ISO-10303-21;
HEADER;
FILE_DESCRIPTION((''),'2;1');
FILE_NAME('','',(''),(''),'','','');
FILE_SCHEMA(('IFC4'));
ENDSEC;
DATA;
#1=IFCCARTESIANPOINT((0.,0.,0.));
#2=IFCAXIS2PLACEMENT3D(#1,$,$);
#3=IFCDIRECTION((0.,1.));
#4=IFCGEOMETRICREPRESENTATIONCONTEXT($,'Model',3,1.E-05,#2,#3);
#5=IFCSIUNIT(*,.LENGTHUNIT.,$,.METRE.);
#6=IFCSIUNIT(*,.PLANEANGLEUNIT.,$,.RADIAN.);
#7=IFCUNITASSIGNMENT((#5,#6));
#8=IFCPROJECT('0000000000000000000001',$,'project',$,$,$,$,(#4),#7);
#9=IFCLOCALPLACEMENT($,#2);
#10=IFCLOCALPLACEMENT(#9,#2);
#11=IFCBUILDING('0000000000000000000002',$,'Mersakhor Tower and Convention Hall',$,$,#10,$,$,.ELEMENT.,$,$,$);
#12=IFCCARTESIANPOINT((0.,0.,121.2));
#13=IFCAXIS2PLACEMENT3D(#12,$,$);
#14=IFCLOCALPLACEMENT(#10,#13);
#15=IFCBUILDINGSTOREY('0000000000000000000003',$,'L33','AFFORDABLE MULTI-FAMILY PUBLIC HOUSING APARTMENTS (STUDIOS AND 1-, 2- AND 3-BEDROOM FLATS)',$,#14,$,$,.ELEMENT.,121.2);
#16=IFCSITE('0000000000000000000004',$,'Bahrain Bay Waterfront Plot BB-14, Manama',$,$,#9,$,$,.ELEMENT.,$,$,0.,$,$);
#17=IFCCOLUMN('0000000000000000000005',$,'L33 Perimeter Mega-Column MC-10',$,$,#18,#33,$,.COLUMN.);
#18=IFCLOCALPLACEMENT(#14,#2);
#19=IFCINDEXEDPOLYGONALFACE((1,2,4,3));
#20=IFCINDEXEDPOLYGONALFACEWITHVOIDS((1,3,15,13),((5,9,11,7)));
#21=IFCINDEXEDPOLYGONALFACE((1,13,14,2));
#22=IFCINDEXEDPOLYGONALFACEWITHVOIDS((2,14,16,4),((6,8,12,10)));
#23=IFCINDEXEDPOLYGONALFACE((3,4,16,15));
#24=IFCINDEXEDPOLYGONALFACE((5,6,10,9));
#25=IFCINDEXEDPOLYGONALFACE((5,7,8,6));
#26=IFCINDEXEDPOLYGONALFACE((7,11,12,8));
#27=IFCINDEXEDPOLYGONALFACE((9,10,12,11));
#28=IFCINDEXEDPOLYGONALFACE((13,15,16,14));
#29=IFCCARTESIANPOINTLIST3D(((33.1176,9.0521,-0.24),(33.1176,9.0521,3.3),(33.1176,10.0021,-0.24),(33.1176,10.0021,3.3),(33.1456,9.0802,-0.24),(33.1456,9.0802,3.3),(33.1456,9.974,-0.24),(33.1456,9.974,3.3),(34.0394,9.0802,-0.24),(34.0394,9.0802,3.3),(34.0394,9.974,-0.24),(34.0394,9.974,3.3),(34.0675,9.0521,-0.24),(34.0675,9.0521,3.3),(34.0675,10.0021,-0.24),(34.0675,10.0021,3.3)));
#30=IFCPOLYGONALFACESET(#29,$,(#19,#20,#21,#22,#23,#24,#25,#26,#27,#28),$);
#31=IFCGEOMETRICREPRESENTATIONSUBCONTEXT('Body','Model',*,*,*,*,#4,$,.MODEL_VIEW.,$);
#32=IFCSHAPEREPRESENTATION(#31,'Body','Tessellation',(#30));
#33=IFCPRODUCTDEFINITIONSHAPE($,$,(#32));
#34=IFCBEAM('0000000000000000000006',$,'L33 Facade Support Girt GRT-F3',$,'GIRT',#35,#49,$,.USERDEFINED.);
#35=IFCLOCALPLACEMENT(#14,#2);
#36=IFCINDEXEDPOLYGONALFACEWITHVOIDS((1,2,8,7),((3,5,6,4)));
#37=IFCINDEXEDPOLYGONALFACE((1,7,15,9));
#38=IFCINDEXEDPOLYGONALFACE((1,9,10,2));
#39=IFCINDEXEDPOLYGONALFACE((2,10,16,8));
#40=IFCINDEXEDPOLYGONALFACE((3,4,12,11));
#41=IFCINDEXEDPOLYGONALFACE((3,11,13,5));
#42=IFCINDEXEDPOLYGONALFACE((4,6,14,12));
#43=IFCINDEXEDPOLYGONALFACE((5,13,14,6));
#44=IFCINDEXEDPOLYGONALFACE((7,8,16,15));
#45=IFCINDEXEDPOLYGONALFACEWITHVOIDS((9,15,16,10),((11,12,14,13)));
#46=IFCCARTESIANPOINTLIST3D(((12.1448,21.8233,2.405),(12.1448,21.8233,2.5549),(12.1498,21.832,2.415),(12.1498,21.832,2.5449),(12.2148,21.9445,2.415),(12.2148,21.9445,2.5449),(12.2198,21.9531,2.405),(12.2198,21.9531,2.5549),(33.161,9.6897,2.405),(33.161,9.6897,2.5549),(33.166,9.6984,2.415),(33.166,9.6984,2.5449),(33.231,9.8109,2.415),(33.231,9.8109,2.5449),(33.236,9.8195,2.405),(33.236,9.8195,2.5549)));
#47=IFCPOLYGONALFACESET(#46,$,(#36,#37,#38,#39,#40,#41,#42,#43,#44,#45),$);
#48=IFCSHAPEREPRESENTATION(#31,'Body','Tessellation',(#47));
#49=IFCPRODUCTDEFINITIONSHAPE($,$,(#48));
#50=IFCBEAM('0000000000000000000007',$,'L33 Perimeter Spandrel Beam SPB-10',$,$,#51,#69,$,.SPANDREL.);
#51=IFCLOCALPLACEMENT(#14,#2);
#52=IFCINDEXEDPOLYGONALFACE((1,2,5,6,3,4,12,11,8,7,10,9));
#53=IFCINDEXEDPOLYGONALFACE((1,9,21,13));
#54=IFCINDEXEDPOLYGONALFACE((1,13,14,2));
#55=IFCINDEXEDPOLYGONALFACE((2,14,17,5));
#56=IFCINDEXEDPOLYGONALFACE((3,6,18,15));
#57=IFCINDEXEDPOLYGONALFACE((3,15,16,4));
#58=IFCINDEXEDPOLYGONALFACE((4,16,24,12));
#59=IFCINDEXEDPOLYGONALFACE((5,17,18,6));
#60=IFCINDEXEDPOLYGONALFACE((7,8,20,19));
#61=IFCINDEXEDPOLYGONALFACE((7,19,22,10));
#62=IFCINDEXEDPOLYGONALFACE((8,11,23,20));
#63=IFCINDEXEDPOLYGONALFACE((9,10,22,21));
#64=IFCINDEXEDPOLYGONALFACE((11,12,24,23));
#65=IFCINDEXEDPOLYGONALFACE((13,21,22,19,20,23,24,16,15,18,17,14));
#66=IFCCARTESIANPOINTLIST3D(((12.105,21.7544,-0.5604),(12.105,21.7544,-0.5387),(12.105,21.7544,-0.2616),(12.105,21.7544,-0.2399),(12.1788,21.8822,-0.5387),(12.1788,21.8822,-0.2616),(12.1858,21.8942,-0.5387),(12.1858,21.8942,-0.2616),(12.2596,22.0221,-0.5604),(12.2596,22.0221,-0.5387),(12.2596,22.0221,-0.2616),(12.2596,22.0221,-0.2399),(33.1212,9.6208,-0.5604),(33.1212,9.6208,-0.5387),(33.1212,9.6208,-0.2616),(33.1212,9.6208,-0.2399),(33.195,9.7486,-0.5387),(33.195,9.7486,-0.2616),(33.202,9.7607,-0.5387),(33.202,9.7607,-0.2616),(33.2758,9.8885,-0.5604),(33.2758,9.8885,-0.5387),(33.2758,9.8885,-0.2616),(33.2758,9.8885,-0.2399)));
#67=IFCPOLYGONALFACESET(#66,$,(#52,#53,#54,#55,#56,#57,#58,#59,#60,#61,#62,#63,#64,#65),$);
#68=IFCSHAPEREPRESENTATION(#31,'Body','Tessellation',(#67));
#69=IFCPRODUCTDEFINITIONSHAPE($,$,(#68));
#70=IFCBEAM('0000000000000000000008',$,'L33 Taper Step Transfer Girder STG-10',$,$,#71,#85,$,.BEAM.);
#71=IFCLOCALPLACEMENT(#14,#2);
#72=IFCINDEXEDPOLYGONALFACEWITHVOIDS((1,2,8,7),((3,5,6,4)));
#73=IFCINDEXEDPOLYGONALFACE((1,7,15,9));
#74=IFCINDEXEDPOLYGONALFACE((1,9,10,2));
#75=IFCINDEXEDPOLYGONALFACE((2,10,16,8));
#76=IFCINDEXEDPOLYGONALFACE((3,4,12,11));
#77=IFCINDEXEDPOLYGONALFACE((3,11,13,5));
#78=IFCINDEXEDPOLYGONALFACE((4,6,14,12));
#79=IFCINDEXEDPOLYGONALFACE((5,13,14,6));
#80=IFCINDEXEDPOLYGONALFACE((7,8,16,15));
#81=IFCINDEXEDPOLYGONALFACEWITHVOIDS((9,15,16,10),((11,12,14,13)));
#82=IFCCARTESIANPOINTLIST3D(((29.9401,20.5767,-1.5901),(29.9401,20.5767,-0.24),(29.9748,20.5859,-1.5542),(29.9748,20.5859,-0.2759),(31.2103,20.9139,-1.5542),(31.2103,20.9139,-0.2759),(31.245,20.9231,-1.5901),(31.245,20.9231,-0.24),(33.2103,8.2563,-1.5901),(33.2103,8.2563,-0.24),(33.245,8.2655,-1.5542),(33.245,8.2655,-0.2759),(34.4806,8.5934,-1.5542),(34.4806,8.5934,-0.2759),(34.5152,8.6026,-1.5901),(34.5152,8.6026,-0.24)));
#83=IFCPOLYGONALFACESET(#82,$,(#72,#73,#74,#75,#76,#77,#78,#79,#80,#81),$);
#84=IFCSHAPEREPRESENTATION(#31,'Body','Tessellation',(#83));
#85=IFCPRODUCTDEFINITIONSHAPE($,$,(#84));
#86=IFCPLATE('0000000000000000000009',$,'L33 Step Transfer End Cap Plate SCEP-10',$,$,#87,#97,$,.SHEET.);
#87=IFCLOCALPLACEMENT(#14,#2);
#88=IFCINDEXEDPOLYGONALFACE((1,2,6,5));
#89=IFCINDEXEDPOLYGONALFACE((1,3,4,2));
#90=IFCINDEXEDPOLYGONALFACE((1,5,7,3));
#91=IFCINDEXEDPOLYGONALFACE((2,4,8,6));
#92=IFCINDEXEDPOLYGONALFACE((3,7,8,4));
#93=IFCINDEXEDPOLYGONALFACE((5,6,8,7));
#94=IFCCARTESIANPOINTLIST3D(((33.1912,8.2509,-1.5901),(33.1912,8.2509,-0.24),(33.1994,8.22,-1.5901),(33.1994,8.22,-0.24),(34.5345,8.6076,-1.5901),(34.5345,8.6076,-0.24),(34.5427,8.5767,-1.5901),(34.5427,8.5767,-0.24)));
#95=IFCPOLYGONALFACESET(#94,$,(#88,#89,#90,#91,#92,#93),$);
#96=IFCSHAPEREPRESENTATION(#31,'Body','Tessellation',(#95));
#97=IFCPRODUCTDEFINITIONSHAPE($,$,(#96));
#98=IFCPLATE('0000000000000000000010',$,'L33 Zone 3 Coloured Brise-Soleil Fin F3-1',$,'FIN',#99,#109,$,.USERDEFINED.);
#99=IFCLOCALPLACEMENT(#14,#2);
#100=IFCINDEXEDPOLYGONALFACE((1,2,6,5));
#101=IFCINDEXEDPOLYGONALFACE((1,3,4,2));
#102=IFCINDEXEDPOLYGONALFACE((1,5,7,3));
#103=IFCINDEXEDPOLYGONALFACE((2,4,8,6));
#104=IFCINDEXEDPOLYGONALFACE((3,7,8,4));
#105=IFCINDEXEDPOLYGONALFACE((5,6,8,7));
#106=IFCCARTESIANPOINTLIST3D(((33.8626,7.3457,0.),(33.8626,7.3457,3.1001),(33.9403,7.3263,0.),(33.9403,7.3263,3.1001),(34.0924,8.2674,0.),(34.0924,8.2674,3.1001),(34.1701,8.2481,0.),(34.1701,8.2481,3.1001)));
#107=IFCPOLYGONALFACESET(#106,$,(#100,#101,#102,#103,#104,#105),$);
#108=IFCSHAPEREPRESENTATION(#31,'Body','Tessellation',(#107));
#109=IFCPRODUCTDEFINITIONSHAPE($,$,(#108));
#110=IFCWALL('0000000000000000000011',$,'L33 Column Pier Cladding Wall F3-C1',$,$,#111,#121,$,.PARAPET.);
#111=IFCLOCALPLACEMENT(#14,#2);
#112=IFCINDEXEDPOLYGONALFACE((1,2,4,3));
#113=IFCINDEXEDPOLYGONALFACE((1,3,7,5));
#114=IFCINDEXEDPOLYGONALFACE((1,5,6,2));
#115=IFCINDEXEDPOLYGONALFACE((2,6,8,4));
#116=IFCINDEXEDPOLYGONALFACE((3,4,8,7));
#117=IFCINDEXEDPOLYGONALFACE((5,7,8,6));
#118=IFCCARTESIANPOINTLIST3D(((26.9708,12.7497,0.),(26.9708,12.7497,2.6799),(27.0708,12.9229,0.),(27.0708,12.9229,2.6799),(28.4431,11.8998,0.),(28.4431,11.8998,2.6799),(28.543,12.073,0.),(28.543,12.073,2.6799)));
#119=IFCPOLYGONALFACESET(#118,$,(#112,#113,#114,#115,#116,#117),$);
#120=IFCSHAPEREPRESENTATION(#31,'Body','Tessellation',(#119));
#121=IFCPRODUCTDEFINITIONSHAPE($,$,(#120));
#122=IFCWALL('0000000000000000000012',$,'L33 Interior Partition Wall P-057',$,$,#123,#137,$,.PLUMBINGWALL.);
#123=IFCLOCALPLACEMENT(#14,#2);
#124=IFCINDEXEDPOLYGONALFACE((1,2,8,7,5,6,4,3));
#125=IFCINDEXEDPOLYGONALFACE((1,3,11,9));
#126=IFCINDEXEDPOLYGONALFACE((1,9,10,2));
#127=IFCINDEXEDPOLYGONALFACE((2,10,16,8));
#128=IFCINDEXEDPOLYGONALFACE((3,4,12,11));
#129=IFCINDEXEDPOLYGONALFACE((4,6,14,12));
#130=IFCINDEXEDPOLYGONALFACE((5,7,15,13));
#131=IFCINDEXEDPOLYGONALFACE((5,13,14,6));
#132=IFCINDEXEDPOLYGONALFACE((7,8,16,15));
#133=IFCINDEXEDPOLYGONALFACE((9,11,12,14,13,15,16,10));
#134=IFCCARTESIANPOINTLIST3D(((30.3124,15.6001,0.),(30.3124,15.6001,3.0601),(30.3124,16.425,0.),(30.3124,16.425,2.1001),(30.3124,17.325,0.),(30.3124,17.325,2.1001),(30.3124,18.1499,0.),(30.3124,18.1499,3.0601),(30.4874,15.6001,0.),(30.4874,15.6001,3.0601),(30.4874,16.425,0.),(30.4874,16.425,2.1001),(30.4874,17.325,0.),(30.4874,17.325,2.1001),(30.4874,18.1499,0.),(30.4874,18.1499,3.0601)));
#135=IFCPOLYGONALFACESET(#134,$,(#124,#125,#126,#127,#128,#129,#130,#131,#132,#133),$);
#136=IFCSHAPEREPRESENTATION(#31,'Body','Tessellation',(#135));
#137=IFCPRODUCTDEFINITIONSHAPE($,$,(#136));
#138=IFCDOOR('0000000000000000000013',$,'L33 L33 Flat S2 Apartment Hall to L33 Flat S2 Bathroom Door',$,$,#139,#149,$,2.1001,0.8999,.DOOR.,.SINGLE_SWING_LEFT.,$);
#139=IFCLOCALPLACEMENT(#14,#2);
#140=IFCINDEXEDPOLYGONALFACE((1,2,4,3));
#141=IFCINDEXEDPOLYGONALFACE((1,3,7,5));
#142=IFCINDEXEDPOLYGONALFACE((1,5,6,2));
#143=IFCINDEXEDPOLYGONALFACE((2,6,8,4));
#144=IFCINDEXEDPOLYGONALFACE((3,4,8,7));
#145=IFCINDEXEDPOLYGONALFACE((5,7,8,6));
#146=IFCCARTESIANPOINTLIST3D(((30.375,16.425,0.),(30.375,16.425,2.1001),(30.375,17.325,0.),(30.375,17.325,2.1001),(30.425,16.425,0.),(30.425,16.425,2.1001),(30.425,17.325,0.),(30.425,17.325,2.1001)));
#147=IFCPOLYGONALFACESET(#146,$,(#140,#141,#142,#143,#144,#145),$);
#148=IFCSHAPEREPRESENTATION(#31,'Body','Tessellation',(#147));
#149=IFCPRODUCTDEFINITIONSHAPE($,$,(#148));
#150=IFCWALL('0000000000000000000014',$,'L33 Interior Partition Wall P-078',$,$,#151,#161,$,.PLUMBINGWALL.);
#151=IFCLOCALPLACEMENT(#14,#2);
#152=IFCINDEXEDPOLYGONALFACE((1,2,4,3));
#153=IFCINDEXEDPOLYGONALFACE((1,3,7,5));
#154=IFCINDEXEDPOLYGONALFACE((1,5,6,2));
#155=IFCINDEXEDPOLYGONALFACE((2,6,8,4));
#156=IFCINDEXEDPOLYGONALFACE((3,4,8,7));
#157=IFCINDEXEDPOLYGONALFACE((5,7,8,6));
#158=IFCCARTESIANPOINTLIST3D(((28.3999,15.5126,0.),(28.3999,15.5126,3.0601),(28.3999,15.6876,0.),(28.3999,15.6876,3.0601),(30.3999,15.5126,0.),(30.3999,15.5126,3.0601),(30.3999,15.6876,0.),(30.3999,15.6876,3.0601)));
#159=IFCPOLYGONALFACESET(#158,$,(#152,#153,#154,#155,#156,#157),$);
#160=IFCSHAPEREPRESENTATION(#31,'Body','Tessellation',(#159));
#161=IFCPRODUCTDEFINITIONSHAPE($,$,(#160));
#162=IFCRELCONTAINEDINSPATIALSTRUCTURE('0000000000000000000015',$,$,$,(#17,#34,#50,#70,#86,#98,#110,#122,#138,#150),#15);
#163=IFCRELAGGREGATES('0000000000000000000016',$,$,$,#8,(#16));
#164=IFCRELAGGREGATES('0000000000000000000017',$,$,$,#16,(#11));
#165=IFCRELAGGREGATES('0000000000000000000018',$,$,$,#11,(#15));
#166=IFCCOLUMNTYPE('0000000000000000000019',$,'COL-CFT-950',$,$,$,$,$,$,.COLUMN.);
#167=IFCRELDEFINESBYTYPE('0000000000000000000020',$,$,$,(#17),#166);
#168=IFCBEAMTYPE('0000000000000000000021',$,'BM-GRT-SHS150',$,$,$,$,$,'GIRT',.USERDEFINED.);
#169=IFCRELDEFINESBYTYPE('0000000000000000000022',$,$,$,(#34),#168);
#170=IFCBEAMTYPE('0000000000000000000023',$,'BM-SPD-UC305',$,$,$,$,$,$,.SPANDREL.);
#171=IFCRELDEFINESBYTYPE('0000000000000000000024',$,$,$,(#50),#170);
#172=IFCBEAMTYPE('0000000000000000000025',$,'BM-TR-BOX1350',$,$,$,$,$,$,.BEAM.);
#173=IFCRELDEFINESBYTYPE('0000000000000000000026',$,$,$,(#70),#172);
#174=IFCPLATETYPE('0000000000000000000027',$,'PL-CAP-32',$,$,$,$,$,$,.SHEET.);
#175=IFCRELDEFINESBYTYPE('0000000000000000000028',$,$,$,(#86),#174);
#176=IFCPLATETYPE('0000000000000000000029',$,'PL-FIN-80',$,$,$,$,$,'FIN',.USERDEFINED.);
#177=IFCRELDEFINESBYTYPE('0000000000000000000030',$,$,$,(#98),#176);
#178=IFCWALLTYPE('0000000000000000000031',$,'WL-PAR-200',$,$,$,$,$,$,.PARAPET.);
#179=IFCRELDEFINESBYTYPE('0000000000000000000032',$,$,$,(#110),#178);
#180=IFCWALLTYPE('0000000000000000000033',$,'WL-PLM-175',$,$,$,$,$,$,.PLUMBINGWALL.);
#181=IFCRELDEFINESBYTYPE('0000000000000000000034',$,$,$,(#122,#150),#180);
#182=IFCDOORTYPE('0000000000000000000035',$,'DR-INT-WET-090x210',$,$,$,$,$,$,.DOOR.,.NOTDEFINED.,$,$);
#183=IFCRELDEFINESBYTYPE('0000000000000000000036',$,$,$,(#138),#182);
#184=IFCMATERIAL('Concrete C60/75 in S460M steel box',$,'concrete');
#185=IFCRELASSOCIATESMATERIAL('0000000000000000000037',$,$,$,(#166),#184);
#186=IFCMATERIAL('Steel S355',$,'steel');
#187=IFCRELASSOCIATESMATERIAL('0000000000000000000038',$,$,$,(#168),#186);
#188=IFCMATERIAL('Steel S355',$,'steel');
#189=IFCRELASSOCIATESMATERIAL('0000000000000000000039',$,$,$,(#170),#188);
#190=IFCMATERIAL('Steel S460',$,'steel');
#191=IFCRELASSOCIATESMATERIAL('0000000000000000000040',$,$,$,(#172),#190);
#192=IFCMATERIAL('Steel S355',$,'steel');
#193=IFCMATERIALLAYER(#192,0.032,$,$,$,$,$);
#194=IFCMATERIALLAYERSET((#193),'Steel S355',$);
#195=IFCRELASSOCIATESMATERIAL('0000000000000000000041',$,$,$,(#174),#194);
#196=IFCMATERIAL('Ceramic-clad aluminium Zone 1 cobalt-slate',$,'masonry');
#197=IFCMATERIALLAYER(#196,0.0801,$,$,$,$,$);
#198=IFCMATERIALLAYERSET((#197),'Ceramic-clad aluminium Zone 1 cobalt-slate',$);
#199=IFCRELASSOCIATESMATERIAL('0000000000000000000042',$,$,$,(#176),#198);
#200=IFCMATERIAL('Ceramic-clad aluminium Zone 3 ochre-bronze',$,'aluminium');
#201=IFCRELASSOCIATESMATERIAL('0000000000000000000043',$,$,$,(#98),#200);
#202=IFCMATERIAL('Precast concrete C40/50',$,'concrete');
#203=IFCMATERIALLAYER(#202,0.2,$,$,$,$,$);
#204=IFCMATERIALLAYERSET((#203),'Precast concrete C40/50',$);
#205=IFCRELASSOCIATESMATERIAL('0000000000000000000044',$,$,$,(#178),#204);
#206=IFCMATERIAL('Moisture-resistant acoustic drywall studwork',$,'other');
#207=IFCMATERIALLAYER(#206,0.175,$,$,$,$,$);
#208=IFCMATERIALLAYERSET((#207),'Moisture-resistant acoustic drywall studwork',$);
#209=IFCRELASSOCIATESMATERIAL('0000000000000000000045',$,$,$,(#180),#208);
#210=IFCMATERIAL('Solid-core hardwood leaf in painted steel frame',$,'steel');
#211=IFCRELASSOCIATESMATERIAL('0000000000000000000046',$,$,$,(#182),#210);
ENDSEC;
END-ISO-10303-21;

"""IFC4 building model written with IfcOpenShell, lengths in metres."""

from ifc_helpers import new_model, si_unit, direction, frame, frame_2d, origin, origin_2d, place, context, subcontext, project, spatial, rectangle, hollow_rectangle, i_section, extrude, material, layer, layer_set, material_profile, profile_set, type_object, element, fill, save


model = new_model("IFC4")

# Units and contexts
model_context = context("Model", 3, precision=1e-05, world=origin(), true_north=direction((0.0, 1.0)))
body_context = subcontext(model_context, "Body", "Model", "MODEL_VIEW")
ifc_project = project(units=[si_unit("LENGTHUNIT", "METRE"), si_unit("PLANEANGLEUNIT", "RADIAN")], contexts=[model_context])

# Site, building, storey
site_placement = place(None, origin())
site = spatial("IfcSite", under=ifc_project, at=site_placement, Name="Bahrain Bay Waterfront Plot BB-14, Manama", CompositionType="ELEMENT", RefElevation=0.0)
building_placement = place(site_placement, origin())
building = spatial("IfcBuilding", under=site, at=building_placement, Name="Mersakhor Tower and Convention Hall", CompositionType="ELEMENT")
storey_placement = place(building_placement, frame((0.0, 0.0, 121.2)))
storey = spatial("IfcBuildingStorey", under=building, at=storey_placement, Name="L33", Description="AFFORDABLE MULTI-FAMILY PUBLIC HOUSING APARTMENTS (STUDIOS AND 1-, 2- AND 3-BEDROOM FLATS)", CompositionType="ELEMENT", Elevation=121.2)

# Column
ifc_material_1 = material(Name="Concrete C60/75 in S460M steel box", Category="concrete")
ifc_material_profile_1 = material_profile(ifc_material_1, hollow_rectangle(XDim=0.95, YDim=0.95, WallThickness=0.0281, at=origin_2d()), Name="SHS 950x950x28")
ifc_profile_set_1 = profile_set([ifc_material_profile_1], Name="Concrete C60/75 in S460M steel box")
column_type = type_object("IfcColumnType", Name="COL-CFT-950", PredefinedType="COLUMN", material=ifc_profile_set_1)
column_placement = place(storey_placement, frame((33.5925, 9.5271, -0.24), z_axis=(0.0, 0.0, 1.0), x_axis=(1.0, 0.0, 0.0)))
element("IfcColumn", 1, at=column_placement, inside=storey, type_object=column_type, Name="L33 Perimeter Mega-Column MC-10", PredefinedType="COLUMN", context=body_context, shape_type="SweptSolid", body=[
    extrude(hollow_rectangle(XDim=0.95, YDim=0.95, WallThickness=0.0281, at=origin_2d()), origin(), (0.0, 0.0, 1.0), 3.54),
])

# Beams
ifc_material_2 = material(Name="Steel S355", Category="steel")
ifc_material_profile_2 = material_profile(ifc_material_2, hollow_rectangle(XDim=0.1499, YDim=0.1499, WallThickness=0.01, at=origin_2d()), Name="SHS 150x150x10")
ifc_profile_set_2 = profile_set([ifc_material_profile_2], Name="Steel S355")
beam_type_1 = type_object("IfcBeamType", Name="BM-GRT-SHS150", ElementType="GIRT", PredefinedType="USERDEFINED", material=ifc_profile_set_2)
beam_1_placement = place(storey_placement, frame((33.1985, 9.7546, 2.48), z_axis=(-0.866027, 0.499996, 0.0), x_axis=(-0.499996, -0.866027, 0.0)))
element("IfcBeam", 2, at=beam_1_placement, inside=storey, type_object=beam_type_1, Name="L33 Facade Support Girt GRT-F3", ObjectType="GIRT", PredefinedType="USERDEFINED", context=body_context, shape_type="SweptSolid", body=[
    extrude(hollow_rectangle(XDim=0.1499, YDim=0.1499, WallThickness=0.01, at=origin_2d()), origin(), (0.0, 0.0, 1.0), 24.2673),
])
ifc_material_3 = material(Name="Steel S355", Category="steel")
ifc_material_profile_3 = material_profile(ifc_material_3, i_section(OverallWidth=0.3091, OverallDepth=0.3206, WebThickness=0.0139, FlangeThickness=0.0217, at=origin_2d()), Name="UC 305x305x137")
ifc_profile_set_3 = profile_set([ifc_material_profile_3], Name="Steel S355")
beam_type_2 = type_object("IfcBeamType", Name="BM-SPD-UC305", PredefinedType="SPANDREL", material=ifc_profile_set_3)
beam_2_placement = place(storey_placement, frame((33.1985, 9.7546, -0.4001), z_axis=(-0.866027, 0.499996, 0.0), x_axis=(-0.499996, -0.866027, 0.0)))
element("IfcBeam", 3, at=beam_2_placement, inside=storey, type_object=beam_type_2, Name="L33 Perimeter Spandrel Beam SPB-10", PredefinedType="SPANDREL", context=body_context, shape_type="SweptSolid", body=[
    extrude(i_section(OverallWidth=0.3091, OverallDepth=0.3206, WebThickness=0.0139, FlangeThickness=0.0217, at=origin_2d()), origin(), (0.0, 0.0, 1.0), 24.2673),
])
ifc_material_4 = material(Name="Steel S460", Category="steel")
ifc_material_profile_4 = material_profile(ifc_material_4, hollow_rectangle(XDim=1.3501, YDim=1.3501, WallThickness=0.0359, at=origin_2d()), Name="SHS 1350x1350x36")
ifc_profile_set_4 = profile_set([ifc_material_profile_4], Name="Steel S460")
beam_type_3 = type_object("IfcBeamType", Name="BM-TR-BOX1350", PredefinedType="BEAM", material=ifc_profile_set_4)
beam_3_placement = place(storey_placement, frame((33.8628, 8.4294, -0.915), z_axis=(-0.256548, 0.966532, 0.0), x_axis=(-0.966532, -0.256548, 0.0)))
element("IfcBeam", 4, at=beam_3_placement, inside=storey, type_object=beam_type_3, Name="L33 Taper Step Transfer Girder STG-10", PredefinedType="BEAM", context=body_context, shape_type="SweptSolid", body=[
    extrude(hollow_rectangle(XDim=1.3501, YDim=1.3501, WallThickness=0.0359, at=origin_2d()), origin(), (0.0, 0.0, 1.0), 12.7471),
])

# Plates
ifc_material_5 = material(Name="Steel S355", Category="steel")
ifc_layer_1 = layer(ifc_material_5, 0.032)
ifc_layer_set_1 = layer_set([ifc_layer_1], Name="Steel S355")
plate_type_1 = type_object("IfcPlateType", Name="PL-CAP-32", PredefinedType="SHEET", material=ifc_layer_set_1)
plate_1_placement = place(storey_placement, frame((33.8669, 8.4138, -1.5901), z_axis=(0.0, 0.0, 1.0), x_axis=(-0.256627, 0.966511, 0.0)))
element("IfcPlate", 5, at=plate_1_placement, inside=storey, type_object=plate_type_1, Name="L33 Step Transfer End Cap Plate SCEP-10", PredefinedType="SHEET", context=body_context, shape_type="SweptSolid", body=[
    extrude(rectangle(XDim=0.032, YDim=1.3899, at=origin_2d()), origin(), (0.0, 0.0, 1.0), 1.3501),
])
ifc_material_6 = material(Name="Ceramic-clad aluminium Zone 3 ochre-bronze", Category="aluminium")
ifc_material_7 = material(Name="Ceramic-clad aluminium Zone 1 cobalt-slate", Category="masonry")
ifc_layer_2 = layer(ifc_material_7, 0.0801)
ifc_layer_set_2 = layer_set([ifc_layer_2], Name="Ceramic-clad aluminium Zone 1 cobalt-slate")
plate_type_2 = type_object("IfcPlateType", Name="PL-FIN-80", ElementType="FIN", PredefinedType="USERDEFINED", material=ifc_layer_set_2)
plate_2_placement = place(storey_placement, frame((34.0164, 7.7969, 0.0), z_axis=(0.0, 0.0, 1.0), x_axis=(-0.241922, -0.970296, 0.0)))
element("IfcPlate", 6, at=plate_2_placement, inside=storey, type_object=plate_type_2, material=ifc_material_6, Name="L33 Zone 3 Coloured Brise-Soleil Fin F3-1", ObjectType="FIN", PredefinedType="USERDEFINED", context=body_context, shape_type="SweptSolid", body=[
    extrude(rectangle(XDim=0.95, YDim=0.0801, at=origin_2d()), origin(), (0.0, 0.0, 1.0), 3.1001),
])

# Wall
ifc_material_8 = material(Name="Precast concrete C40/50", Category="concrete")
ifc_layer_3 = layer(ifc_material_8, 0.2)
ifc_layer_set_3 = layer_set([ifc_layer_3], Name="Precast concrete C40/50")
wall_type_1 = type_object("IfcWallType", Name="WL-PAR-200", PredefinedType="PARAPET", material=ifc_layer_set_3)
wall_1_placement = place(storey_placement, frame((28.4932, 11.9863, 0.0), z_axis=(0.0, 0.0, 1.0), x_axis=(-0.866052, 0.499955, 0.0)))
element("IfcWall", 7, at=wall_1_placement, inside=storey, type_object=wall_type_1, Name="L33 Column Pier Cladding Wall F3-C1", PredefinedType="PARAPET", context=body_context, shape_type="SweptSolid", body=[
    extrude(rectangle(XDim=1.7, YDim=0.2, at=frame_2d((0.8501, 0.0))), origin(), (0.0, 0.0, 1.0), 2.6799),
])

# Wall, opening, door
ifc_material_9 = material(Name="Moisture-resistant acoustic drywall studwork", Category="other")
ifc_layer_4 = layer(ifc_material_9, 0.175)
ifc_layer_set_4 = layer_set([ifc_layer_4], Name="Moisture-resistant acoustic drywall studwork")
wall_type_2 = type_object("IfcWallType", Name="WL-PLM-175", PredefinedType="PLUMBINGWALL", material=ifc_layer_set_4)
wall_2_placement = place(storey_placement, frame((30.3999, 15.6001, 0.0), z_axis=(0.0, 0.0, 1.0), x_axis=(0.0, 1.0, 0.0)))
wall_2 = element("IfcWall", 8, at=wall_2_placement, inside=storey, type_object=wall_type_2, Name="L33 Interior Partition Wall P-057", PredefinedType="PLUMBINGWALL", context=body_context, shape_type="SweptSolid", body=[
    extrude(rectangle(XDim=2.5498, YDim=0.175, at=frame_2d((1.2749, 0.0))), origin(), (0.0, 0.0, 1.0), 3.0601),
])
opening_1_placement = place(wall_2_placement, frame((0.825, 0.0, 0.0)))
opening_1 = element("IfcOpeningElement", 9, at=opening_1_placement, cuts=wall_2, PredefinedType="OPENING", context=body_context, shape_type="SweptSolid", body=[
    extrude(rectangle(XDim=0.8999, YDim=2.1001, at=frame_2d((0.45, 1.05))), frame((0.0, 0.0974, 0.0), z_axis=(0.0, -1.0, 0.0), x_axis=(1.0, 0.0, 0.0)), (0.0, 0.0, 1.0), 0.1951),
])
ifc_material_10 = material(Name="Solid-core hardwood leaf in painted steel frame", Category="steel")
door_type_1 = type_object("IfcDoorType", Name="DR-INT-WET-090x210", OperationType="NOTDEFINED", PredefinedType="DOOR", material=ifc_material_10)
door_1_placement = place(opening_1_placement, origin())
door_1 = element("IfcDoor", 10, at=door_1_placement, inside=storey, type_object=door_type_1, Name="L33 L33 Flat S2 Apartment Hall to L33 Flat S2 Bathroom Door", OperationType="SINGLE_SWING_LEFT", OverallHeight=2.1001, OverallWidth=0.8999, PredefinedType="DOOR", context=body_context, shape_type="SweptSolid", body=[
    extrude(rectangle(XDim=0.8999, YDim=2.1001, at=frame_2d((0.45, 1.05))), frame((0.0, 0.0249, 0.0), z_axis=(0.0, -1.0, 0.0), x_axis=(1.0, 0.0, 0.0)), (0.0, 0.0, 1.0), 0.05),
])
fill(opening_1, door_1)

# Wall
wall_3_placement = place(storey_placement, frame((30.3999, 15.6001, 0.0), z_axis=(0.0, 0.0, 1.0), x_axis=(-1.0, 0.0, 0.0)))
element("IfcWall", 11, at=wall_3_placement, inside=storey, type_object=wall_type_2, Name="L33 Interior Partition Wall P-078", PredefinedType="PLUMBINGWALL", context=body_context, shape_type="SweptSolid", body=[
    extrude(rectangle(XDim=2.0, YDim=0.175, at=frame_2d((1.0, 0.0))), origin(), (0.0, 0.0, 1.0), 3.0601),
])

save(model, "model.ifc")
